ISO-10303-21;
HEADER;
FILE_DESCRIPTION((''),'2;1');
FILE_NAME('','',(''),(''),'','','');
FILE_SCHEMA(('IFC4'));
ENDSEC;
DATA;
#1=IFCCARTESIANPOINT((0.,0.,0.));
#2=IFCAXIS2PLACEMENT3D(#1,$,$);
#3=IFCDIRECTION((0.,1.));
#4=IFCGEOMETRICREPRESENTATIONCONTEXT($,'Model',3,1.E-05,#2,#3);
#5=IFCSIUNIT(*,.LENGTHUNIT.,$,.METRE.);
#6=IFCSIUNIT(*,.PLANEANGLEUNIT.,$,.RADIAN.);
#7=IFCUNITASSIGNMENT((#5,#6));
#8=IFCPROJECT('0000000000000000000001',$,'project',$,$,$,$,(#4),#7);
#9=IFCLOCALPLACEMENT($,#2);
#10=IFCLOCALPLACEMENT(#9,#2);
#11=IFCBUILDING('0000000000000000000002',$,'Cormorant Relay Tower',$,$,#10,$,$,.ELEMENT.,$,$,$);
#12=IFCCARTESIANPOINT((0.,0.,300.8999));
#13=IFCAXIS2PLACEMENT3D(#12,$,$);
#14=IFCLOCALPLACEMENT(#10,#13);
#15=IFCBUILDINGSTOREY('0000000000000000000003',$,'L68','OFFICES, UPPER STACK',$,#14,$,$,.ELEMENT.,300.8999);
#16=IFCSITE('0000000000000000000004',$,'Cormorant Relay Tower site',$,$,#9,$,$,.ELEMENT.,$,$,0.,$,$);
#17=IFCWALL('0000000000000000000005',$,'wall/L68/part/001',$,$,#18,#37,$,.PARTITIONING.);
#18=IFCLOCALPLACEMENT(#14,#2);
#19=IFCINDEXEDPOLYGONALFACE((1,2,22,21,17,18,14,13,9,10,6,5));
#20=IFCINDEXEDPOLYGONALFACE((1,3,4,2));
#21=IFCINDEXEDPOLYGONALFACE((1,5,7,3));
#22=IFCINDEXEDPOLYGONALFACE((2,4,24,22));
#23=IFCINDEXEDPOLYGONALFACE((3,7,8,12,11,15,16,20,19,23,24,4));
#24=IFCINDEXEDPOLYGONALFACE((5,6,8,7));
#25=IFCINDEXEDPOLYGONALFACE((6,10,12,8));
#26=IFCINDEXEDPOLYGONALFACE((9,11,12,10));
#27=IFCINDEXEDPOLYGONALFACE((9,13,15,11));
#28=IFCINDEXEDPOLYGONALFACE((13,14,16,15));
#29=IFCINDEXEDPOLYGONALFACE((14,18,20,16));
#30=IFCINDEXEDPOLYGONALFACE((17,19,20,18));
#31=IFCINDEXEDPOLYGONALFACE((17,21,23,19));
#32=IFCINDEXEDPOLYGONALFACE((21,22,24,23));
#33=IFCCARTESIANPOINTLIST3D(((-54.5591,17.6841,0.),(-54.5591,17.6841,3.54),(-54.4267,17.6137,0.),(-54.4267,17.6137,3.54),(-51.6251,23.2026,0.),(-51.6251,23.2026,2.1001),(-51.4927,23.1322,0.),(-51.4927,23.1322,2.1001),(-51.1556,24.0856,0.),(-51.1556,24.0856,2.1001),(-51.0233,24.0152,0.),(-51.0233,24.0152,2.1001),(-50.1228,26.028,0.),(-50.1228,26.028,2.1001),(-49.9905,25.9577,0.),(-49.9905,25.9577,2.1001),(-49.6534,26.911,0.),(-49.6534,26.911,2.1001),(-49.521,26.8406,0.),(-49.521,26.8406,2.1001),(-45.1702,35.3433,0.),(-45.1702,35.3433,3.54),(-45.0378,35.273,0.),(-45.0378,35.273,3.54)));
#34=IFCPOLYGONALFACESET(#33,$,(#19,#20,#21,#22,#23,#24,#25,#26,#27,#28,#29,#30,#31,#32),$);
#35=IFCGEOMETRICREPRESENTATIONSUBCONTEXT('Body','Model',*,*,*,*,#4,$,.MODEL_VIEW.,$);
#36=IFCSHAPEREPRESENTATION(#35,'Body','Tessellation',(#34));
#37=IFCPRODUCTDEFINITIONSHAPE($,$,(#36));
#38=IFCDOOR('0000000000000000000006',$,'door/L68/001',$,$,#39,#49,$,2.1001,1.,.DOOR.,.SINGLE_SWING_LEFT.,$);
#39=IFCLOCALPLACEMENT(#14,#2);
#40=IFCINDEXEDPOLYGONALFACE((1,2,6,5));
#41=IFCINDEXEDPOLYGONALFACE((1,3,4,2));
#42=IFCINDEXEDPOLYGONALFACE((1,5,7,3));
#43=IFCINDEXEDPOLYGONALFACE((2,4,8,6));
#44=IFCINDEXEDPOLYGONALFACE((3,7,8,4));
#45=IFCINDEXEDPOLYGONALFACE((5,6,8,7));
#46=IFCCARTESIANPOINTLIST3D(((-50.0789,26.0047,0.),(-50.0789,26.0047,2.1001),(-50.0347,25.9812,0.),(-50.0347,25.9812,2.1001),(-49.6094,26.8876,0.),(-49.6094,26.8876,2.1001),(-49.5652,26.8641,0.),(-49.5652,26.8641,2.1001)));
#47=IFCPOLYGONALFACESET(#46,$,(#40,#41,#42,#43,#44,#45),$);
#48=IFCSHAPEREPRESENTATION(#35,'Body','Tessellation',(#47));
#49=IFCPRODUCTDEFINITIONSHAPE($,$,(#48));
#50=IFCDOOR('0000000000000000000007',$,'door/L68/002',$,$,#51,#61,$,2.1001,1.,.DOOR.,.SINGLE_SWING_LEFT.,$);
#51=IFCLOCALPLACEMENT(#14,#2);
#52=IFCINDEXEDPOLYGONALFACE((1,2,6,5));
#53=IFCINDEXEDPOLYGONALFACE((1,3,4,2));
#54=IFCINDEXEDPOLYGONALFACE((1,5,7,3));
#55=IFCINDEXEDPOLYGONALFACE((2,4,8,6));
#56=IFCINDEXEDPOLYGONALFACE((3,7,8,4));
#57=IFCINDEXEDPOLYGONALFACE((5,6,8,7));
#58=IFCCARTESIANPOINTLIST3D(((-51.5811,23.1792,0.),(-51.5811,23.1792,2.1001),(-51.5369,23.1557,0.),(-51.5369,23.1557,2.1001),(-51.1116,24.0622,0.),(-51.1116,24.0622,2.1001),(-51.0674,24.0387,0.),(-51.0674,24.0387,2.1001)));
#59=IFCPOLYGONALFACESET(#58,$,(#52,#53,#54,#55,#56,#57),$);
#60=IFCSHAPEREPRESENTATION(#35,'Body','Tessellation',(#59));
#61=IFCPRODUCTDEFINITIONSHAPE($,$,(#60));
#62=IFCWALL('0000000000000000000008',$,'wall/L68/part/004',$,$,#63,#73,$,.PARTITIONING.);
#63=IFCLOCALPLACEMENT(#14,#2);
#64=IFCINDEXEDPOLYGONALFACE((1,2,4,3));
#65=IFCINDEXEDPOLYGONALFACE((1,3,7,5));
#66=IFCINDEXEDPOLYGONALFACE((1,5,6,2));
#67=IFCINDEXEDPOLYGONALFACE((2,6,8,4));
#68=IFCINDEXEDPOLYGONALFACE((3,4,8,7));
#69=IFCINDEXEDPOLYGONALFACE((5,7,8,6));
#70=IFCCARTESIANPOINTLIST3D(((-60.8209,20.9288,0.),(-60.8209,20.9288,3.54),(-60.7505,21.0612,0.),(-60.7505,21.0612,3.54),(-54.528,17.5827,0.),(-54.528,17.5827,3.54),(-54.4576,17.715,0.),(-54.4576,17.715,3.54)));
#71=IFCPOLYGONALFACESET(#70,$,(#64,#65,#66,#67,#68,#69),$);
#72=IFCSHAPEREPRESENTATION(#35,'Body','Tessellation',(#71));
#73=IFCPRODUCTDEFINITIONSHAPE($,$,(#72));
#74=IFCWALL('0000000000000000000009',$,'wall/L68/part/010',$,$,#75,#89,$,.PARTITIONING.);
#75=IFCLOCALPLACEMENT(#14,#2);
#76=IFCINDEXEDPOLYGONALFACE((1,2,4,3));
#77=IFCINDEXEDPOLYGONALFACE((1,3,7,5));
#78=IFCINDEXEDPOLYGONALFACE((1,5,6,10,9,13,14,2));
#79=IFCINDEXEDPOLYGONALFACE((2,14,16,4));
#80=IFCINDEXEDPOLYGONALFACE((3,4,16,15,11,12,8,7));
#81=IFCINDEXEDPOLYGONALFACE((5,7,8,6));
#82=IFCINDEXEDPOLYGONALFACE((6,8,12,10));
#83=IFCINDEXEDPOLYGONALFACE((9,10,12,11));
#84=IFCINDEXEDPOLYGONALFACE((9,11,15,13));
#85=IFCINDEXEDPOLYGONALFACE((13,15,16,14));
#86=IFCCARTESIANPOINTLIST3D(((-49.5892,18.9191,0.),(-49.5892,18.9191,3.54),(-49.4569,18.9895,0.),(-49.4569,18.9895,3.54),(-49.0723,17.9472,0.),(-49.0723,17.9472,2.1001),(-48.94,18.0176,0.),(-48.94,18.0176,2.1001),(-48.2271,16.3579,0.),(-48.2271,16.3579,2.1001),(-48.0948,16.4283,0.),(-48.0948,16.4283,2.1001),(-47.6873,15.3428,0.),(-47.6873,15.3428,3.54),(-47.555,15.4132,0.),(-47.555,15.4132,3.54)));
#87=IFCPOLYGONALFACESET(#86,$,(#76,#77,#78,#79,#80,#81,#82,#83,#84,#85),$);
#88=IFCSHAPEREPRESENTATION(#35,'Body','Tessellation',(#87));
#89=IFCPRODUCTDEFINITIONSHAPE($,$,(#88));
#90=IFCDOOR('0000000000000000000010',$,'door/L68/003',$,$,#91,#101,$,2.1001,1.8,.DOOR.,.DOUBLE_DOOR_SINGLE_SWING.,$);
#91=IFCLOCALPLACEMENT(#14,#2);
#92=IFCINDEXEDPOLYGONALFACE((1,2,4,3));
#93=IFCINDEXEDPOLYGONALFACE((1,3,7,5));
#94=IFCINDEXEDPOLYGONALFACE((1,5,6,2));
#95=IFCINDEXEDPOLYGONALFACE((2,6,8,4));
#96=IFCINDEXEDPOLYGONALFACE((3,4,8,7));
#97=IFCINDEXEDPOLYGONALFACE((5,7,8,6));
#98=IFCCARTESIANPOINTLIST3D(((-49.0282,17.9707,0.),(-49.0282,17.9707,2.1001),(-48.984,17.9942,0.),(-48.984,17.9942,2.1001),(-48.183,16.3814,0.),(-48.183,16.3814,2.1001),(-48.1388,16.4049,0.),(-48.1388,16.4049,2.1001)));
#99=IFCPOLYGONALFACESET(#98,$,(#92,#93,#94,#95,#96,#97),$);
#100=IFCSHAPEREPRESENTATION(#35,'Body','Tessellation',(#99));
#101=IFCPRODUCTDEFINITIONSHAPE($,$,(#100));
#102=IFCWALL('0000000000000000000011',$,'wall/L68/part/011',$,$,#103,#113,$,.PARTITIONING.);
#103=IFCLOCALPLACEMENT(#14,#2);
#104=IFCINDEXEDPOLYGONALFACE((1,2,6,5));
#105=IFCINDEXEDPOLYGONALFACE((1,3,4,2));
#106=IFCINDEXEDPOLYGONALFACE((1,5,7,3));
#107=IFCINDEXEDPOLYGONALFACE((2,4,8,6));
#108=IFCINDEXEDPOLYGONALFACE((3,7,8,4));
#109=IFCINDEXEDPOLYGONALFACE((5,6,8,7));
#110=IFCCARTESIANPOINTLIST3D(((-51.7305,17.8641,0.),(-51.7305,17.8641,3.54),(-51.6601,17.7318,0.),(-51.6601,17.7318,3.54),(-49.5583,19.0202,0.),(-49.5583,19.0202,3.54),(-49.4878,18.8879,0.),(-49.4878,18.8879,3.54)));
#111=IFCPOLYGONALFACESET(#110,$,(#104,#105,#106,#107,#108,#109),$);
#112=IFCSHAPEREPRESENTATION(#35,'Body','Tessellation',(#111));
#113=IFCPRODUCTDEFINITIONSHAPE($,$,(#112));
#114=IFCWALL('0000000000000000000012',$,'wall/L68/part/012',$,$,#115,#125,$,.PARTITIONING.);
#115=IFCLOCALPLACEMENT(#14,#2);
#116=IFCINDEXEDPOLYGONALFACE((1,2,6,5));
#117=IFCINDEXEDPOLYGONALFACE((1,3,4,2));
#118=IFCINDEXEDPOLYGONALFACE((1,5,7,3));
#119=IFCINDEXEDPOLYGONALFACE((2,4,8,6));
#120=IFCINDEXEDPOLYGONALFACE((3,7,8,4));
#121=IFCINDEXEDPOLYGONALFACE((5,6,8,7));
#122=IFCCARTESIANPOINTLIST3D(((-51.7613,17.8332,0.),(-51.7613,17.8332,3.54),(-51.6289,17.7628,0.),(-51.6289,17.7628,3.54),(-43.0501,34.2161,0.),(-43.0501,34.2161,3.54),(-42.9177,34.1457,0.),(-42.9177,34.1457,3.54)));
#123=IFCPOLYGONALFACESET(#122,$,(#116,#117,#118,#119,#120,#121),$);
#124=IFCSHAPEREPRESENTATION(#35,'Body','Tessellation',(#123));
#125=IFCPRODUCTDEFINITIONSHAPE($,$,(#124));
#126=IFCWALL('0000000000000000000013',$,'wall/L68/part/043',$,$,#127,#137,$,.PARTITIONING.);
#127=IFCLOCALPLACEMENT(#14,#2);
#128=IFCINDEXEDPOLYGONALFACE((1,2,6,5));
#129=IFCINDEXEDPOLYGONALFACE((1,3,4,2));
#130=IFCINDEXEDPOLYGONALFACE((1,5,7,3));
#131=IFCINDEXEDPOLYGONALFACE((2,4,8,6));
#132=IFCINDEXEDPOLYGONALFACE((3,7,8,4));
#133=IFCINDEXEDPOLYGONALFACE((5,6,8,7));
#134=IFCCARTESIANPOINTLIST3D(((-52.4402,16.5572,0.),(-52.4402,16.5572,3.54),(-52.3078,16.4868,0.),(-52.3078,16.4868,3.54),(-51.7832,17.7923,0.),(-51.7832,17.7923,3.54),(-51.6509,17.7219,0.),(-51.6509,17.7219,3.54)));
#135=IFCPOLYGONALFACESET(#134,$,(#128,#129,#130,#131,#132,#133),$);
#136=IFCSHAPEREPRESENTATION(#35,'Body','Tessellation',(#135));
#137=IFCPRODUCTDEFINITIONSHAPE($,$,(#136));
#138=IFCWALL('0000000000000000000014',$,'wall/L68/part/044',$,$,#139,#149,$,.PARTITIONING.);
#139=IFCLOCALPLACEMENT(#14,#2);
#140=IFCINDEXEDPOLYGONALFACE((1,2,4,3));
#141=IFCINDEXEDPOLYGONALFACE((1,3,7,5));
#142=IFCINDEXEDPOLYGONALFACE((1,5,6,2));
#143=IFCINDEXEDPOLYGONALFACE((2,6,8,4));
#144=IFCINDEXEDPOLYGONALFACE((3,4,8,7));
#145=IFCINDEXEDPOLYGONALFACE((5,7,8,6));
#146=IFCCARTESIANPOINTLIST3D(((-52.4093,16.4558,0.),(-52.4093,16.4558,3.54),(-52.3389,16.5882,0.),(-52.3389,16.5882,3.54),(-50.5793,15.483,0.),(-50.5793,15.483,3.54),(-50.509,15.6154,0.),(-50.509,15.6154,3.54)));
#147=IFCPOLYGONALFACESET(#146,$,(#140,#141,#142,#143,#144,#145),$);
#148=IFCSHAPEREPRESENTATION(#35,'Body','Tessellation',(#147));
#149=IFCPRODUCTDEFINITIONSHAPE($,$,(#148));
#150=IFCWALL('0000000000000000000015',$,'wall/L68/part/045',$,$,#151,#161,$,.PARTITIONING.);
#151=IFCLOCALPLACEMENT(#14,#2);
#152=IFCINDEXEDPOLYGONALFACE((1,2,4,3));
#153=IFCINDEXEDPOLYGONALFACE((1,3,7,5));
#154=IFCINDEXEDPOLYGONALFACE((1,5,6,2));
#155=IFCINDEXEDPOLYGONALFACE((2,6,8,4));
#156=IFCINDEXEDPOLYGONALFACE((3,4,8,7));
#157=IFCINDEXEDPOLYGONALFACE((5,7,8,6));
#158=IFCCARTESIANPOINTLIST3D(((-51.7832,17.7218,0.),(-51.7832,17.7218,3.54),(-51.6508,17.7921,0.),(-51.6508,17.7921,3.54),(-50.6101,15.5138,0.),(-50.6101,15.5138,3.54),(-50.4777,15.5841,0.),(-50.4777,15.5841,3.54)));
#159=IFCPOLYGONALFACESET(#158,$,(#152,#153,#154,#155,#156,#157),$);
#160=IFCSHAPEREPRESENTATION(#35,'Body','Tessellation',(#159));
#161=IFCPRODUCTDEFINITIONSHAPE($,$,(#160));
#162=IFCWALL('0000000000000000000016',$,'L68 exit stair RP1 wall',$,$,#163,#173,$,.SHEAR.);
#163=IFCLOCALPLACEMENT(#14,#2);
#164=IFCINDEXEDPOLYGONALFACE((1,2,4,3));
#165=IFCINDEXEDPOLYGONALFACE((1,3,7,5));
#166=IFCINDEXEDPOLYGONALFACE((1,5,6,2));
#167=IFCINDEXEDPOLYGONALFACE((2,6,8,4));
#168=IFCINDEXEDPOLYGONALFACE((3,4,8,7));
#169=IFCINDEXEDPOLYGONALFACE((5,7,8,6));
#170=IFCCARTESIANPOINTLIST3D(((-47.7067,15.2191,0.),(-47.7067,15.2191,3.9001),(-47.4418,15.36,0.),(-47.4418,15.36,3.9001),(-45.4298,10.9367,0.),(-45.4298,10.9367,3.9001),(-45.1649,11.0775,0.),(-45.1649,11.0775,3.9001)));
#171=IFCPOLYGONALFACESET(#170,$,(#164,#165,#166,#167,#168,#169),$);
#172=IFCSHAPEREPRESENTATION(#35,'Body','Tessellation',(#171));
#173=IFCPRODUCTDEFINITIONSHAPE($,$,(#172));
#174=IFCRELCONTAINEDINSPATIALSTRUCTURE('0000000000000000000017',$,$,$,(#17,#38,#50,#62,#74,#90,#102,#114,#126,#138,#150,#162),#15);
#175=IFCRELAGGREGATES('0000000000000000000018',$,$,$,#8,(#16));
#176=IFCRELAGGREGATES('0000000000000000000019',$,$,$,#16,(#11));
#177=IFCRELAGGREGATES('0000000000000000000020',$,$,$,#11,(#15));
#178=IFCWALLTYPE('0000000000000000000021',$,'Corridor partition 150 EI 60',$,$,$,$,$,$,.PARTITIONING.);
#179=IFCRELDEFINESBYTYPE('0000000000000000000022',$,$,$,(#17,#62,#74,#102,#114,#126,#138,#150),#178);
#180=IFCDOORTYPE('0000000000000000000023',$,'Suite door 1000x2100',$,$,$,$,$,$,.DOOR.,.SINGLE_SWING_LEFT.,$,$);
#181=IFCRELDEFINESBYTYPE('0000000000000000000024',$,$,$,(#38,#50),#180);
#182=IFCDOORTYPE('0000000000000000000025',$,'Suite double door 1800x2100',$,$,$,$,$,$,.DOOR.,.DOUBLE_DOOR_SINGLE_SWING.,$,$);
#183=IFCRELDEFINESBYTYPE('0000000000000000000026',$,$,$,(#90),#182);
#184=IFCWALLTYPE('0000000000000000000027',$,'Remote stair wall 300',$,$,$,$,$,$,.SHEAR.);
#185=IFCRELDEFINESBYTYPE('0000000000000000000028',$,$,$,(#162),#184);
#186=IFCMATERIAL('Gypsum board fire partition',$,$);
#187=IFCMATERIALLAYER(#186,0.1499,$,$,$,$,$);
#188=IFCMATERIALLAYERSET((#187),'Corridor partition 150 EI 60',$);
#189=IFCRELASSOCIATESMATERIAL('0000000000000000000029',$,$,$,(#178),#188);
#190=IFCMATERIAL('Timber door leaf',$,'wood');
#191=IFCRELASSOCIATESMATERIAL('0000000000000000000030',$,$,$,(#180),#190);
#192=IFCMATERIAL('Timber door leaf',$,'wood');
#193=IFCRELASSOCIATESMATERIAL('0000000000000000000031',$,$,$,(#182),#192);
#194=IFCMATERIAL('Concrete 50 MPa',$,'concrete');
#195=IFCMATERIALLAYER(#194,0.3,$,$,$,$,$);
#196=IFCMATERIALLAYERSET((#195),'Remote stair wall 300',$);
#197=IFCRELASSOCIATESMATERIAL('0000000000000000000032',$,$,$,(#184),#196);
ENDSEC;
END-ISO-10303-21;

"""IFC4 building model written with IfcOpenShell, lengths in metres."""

from ifc_helpers import new_model, si_unit, direction, frame, frame_2d, origin, place, context, subcontext, project, spatial, rectangle, extrude, material, layer, layer_set, type_object, element, fill, save


model = new_model("IFC4")

# Units and contexts
model_context = context("Model", 3, precision=1e-05, world=origin(), true_north=direction((0.0, 1.0)))
body_context = subcontext(model_context, "Body", "Model", "MODEL_VIEW")
ifc_project = project(units=[si_unit("LENGTHUNIT", "METRE"), si_unit("PLANEANGLEUNIT", "RADIAN")], contexts=[model_context])

# Site, building, storey
site_placement = place(None, origin())
site = spatial("IfcSite", under=ifc_project, at=site_placement, Name="Cormorant Relay Tower site", CompositionType="ELEMENT", RefElevation=0.0)
building_placement = place(site_placement, origin())
building = spatial("IfcBuilding", under=site, at=building_placement, Name="Cormorant Relay Tower", CompositionType="ELEMENT")
storey_placement = place(building_placement, frame((0.0, 0.0, 300.8999)))
storey = spatial("IfcBuildingStorey", under=building, at=storey_placement, Name="L68", Description="OFFICES, UPPER STACK", CompositionType="ELEMENT", Elevation=300.8999)

# Wall, openings, doors
ifc_material_1 = material(Name="Gypsum board fire partition")
ifc_layer_1 = layer(ifc_material_1, 0.1499)
ifc_layer_set_1 = layer_set([ifc_layer_1], Name="Corridor partition 150 EI 60")
wall_type_1 = type_object("IfcWallType", Name="Corridor partition 150 EI 60", PredefinedType="PARTITIONING", material=ifc_layer_set_1)
wall_1_placement = place(storey_placement, frame((-54.4929, 17.6489, 0.0), z_axis=(0.0, 0.0, 1.0), x_axis=(0.469447, 0.882961, 0.0)))
wall_1 = element("IfcWall", 1, at=wall_1_placement, inside=storey, type_object=wall_type_1, Name="wall/L68/part/001", PredefinedType="PARTITIONING", context=body_context, shape_type="SweptSolid", body=[
    extrude(rectangle(XDim=20.0, YDim=0.1499, at=frame_2d((10.0, 0.0))), origin(), (0.0, 0.0, 1.0), 3.54),
])
opening_1_placement = place(wall_1_placement, frame((9.45, 0.0, 0.0)))
opening_1 = element("IfcOpeningElement", 2, at=opening_1_placement, cuts=wall_1, PredefinedType="OPENING", context=body_context, shape_type="SweptSolid", body=[
    extrude(rectangle(XDim=1.0, YDim=2.1001, at=frame_2d((0.5, 1.05))), frame((0.0, 0.085, 0.0), z_axis=(0.0, -1.0, 0.0), x_axis=(1.0, 0.0, 0.0)), (0.0, 0.0, 1.0), 0.1699),
])
opening_2_placement = place(wall_1_placement, frame((6.25, 0.0, 0.0)))
opening_2 = element("IfcOpeningElement", 3, at=opening_2_placement, cuts=wall_1, PredefinedType="OPENING", context=body_context, shape_type="SweptSolid", body=[
    extrude(rectangle(XDim=1.0, YDim=2.1001, at=frame_2d((0.5, 1.05))), frame((0.0, 0.085, 0.0), z_axis=(0.0, -1.0, 0.0), x_axis=(1.0, 0.0, 0.0)), (0.0, 0.0, 1.0), 0.1699),
])
ifc_material_2 = material(Name="Timber door leaf", Category="wood")
door_type_1 = type_object("IfcDoorType", Name="Suite door 1000x2100", OperationType="SINGLE_SWING_LEFT", PredefinedType="DOOR", material=ifc_material_2)
door_1_placement = place(opening_1_placement, frame((1.0, 0.0, 0.0), z_axis=(0.0, 0.0, 1.0), x_axis=(-1.0, 0.0, 0.0)))
door_1 = element("IfcDoor", 4, at=door_1_placement, inside=storey, type_object=door_type_1, Name="door/L68/001", OperationType="SINGLE_SWING_LEFT", OverallHeight=2.1001, OverallWidth=1.0, PredefinedType="DOOR", context=body_context, shape_type="SweptSolid", body=[
    extrude(rectangle(XDim=1.0, YDim=2.1001, at=frame_2d((0.5, 1.05))), frame((0.0, 0.0249, 0.0), z_axis=(0.0, -1.0, 0.0), x_axis=(1.0, 0.0, 0.0)), (0.0, 0.0, 1.0), 0.05),
])
fill(opening_1, door_1)
door_2_placement = place(opening_2_placement, frame((1.0, 0.0, 0.0), z_axis=(0.0, 0.0, 1.0), x_axis=(-1.0, 0.0, 0.0)))
door_2 = element("IfcDoor", 5, at=door_2_placement, inside=storey, type_object=door_type_1, Name="door/L68/002", OperationType="SINGLE_SWING_LEFT", OverallHeight=2.1001, OverallWidth=1.0, PredefinedType="DOOR", context=body_context, shape_type="SweptSolid", body=[
    extrude(rectangle(XDim=1.0, YDim=2.1001, at=frame_2d((0.5, 1.05))), frame((0.0, 0.0249, 0.0), z_axis=(0.0, -1.0, 0.0), x_axis=(1.0, 0.0, 0.0)), (0.0, 0.0, 1.0), 0.05),
])
fill(opening_2, door_2)

# Wall
wall_2_placement = place(storey_placement, frame((-54.4929, 17.6489, 0.0), z_axis=(0.0, 0.0, 1.0), x_axis=(-0.882938, 0.469489, 0.0)))
element("IfcWall", 6, at=wall_2_placement, inside=storey, type_object=wall_type_1, Name="wall/L68/part/004", PredefinedType="PARTITIONING", context=body_context, shape_type="SweptSolid", body=[
    extrude(rectangle(XDim=7.1272, YDim=0.1499, at=frame_2d((3.5635, 0.0))), origin(), (0.0, 0.0, 1.0), 3.54),
])

# Wall, opening, door
wall_3_placement = place(storey_placement, frame((-47.6211, 15.3779, 0.0), z_axis=(0.0, 0.0, 1.0), x_axis=(-0.469543, 0.88291, 0.0)))
wall_3 = element("IfcWall", 7, at=wall_3_placement, inside=storey, type_object=wall_type_1, Name="wall/L68/part/010", PredefinedType="PARTITIONING", context=body_context, shape_type="SweptSolid", body=[
    extrude(rectangle(XDim=4.0505, YDim=0.1499, at=frame_2d((2.0254, 0.0))), origin(), (0.0, 0.0, 1.0), 3.54),
])
opening_3_placement = place(wall_3_placement, frame((1.1499, 0.0, 0.0)))
opening_3 = element("IfcOpeningElement", 8, at=opening_3_placement, cuts=wall_3, PredefinedType="OPENING", context=body_context, shape_type="SweptSolid", body=[
    extrude(rectangle(XDim=1.8, YDim=2.1001, at=frame_2d((0.8999, 1.05))), frame((0.0, 0.085, 0.0), z_axis=(0.0, -1.0, 0.0), x_axis=(1.0, 0.0, 0.0)), (0.0, 0.0, 1.0), 0.1699),
])
ifc_material_3 = material(Name="Timber door leaf", Category="wood")
door_type_2 = type_object("IfcDoorType", Name="Suite double door 1800x2100", OperationType="DOUBLE_DOOR_SINGLE_SWING", PredefinedType="DOOR", material=ifc_material_3)
door_3_placement = place(opening_3_placement, origin())
door_3 = element("IfcDoor", 9, at=door_3_placement, inside=storey, type_object=door_type_2, Name="door/L68/003", OperationType="DOUBLE_DOOR_SINGLE_SWING", OverallHeight=2.1001, OverallWidth=1.8, PredefinedType="DOOR", context=body_context, shape_type="SweptSolid", body=[
    extrude(rectangle(XDim=1.8, YDim=2.1001, at=frame_2d((0.8999, 1.05))), frame((0.0, 0.0249, 0.0), z_axis=(0.0, -1.0, 0.0), x_axis=(1.0, 0.0, 0.0)), (0.0, 0.0, 1.0), 0.05),
])
fill(opening_3, door_3)

# Walls
wall_4_placement = place(storey_placement, frame((-49.5229, 18.9541, 0.0), z_axis=(0.0, 0.0, 1.0), x_axis=(-0.882767, -0.46981, 0.0)))
element("IfcWall", 10, at=wall_4_placement, inside=storey, type_object=wall_type_1, Name="wall/L68/part/011", PredefinedType="PARTITIONING", context=body_context, shape_type="SweptSolid", body=[
    extrude(rectangle(XDim=2.4607, YDim=0.1499, at=frame_2d((1.2305, 0.0))), origin(), (0.0, 0.0, 1.0), 3.54),
])
wall_5_placement = place(storey_placement, frame((-51.6951, 17.7981, 0.0), z_axis=(0.0, 0.0, 1.0), x_axis=(0.469484, 0.882941, 0.0)))
element("IfcWall", 11, at=wall_5_placement, inside=storey, type_object=wall_type_1, Name="wall/L68/part/012", PredefinedType="PARTITIONING", context=body_context, shape_type="SweptSolid", body=[
    extrude(rectangle(XDim=18.5549, YDim=0.1499, at=frame_2d((9.2773, 0.0))), origin(), (0.0, 0.0, 1.0), 3.54),
])
wall_6_placement = place(storey_placement, frame((-51.717, 17.7571, 0.0), z_axis=(0.0, 0.0, 1.0), x_axis=(-0.469619, -0.882869, 0.0)))
element("IfcWall", 12, at=wall_6_placement, inside=storey, type_object=wall_type_1, Name="wall/L68/part/043", PredefinedType="PARTITIONING", context=body_context, shape_type="SweptSolid", body=[
    extrude(rectangle(XDim=1.3989, YDim=0.1499, at=frame_2d((0.6995, 0.0))), origin(), (0.0, 0.0, 1.0), 3.54),
])
wall_7_placement = place(storey_placement, frame((-52.374, 16.522, 0.0), z_axis=(0.0, 0.0, 1.0), x_axis=(0.882981, -0.469408, 0.0)))
element("IfcWall", 13, at=wall_7_placement, inside=storey, type_object=wall_type_1, Name="wall/L68/part/044", PredefinedType="PARTITIONING", context=body_context, shape_type="SweptSolid", body=[
    extrude(rectangle(XDim=2.0725, YDim=0.1499, at=frame_2d((1.0361, 0.0))), origin(), (0.0, 0.0, 1.0), 3.54),
])
wall_8_placement = place(storey_placement, frame((-50.5439, 15.5491, 0.0), z_axis=(0.0, 0.0, 1.0), x_axis=(-0.469184, 0.883101, 0.0)))
element("IfcWall", 14, at=wall_8_placement, inside=storey, type_object=wall_type_1, Name="wall/L68/part/045", PredefinedType="PARTITIONING", context=body_context, shape_type="SweptSolid", body=[
    extrude(rectangle(XDim=2.5002, YDim=0.1499, at=frame_2d((1.25, 0.0))), origin(), (0.0, 0.0, 1.0), 3.54),
])
ifc_material_4 = material(Name="Concrete 50 MPa", Category="concrete")
ifc_layer_2 = layer(ifc_material_4, 0.3)
ifc_layer_set_2 = layer_set([ifc_layer_2], Name="Remote stair wall 300")
wall_type_2 = type_object("IfcWallType", Name="Remote stair wall 300", PredefinedType="SHEAR", material=ifc_layer_set_2)
wall_9_placement = place(storey_placement, frame((-47.5742, 15.2896, 0.0), z_axis=(0.0, 0.0, 1.0), x_axis=(0.469443, -0.882963, 0.0)))
element("IfcWall", 15, at=wall_9_placement, inside=storey, type_object=wall_type_2, Name="L68 exit stair RP1 wall", PredefinedType="SHEAR", context=body_context, shape_type="SweptSolid", body=[
    extrude(rectangle(XDim=4.8501, YDim=0.3, at=frame_2d((2.425, 0.0))), origin(), (0.0, 0.0, 1.0), 3.9001),
])

save(model, "model.ifc")
